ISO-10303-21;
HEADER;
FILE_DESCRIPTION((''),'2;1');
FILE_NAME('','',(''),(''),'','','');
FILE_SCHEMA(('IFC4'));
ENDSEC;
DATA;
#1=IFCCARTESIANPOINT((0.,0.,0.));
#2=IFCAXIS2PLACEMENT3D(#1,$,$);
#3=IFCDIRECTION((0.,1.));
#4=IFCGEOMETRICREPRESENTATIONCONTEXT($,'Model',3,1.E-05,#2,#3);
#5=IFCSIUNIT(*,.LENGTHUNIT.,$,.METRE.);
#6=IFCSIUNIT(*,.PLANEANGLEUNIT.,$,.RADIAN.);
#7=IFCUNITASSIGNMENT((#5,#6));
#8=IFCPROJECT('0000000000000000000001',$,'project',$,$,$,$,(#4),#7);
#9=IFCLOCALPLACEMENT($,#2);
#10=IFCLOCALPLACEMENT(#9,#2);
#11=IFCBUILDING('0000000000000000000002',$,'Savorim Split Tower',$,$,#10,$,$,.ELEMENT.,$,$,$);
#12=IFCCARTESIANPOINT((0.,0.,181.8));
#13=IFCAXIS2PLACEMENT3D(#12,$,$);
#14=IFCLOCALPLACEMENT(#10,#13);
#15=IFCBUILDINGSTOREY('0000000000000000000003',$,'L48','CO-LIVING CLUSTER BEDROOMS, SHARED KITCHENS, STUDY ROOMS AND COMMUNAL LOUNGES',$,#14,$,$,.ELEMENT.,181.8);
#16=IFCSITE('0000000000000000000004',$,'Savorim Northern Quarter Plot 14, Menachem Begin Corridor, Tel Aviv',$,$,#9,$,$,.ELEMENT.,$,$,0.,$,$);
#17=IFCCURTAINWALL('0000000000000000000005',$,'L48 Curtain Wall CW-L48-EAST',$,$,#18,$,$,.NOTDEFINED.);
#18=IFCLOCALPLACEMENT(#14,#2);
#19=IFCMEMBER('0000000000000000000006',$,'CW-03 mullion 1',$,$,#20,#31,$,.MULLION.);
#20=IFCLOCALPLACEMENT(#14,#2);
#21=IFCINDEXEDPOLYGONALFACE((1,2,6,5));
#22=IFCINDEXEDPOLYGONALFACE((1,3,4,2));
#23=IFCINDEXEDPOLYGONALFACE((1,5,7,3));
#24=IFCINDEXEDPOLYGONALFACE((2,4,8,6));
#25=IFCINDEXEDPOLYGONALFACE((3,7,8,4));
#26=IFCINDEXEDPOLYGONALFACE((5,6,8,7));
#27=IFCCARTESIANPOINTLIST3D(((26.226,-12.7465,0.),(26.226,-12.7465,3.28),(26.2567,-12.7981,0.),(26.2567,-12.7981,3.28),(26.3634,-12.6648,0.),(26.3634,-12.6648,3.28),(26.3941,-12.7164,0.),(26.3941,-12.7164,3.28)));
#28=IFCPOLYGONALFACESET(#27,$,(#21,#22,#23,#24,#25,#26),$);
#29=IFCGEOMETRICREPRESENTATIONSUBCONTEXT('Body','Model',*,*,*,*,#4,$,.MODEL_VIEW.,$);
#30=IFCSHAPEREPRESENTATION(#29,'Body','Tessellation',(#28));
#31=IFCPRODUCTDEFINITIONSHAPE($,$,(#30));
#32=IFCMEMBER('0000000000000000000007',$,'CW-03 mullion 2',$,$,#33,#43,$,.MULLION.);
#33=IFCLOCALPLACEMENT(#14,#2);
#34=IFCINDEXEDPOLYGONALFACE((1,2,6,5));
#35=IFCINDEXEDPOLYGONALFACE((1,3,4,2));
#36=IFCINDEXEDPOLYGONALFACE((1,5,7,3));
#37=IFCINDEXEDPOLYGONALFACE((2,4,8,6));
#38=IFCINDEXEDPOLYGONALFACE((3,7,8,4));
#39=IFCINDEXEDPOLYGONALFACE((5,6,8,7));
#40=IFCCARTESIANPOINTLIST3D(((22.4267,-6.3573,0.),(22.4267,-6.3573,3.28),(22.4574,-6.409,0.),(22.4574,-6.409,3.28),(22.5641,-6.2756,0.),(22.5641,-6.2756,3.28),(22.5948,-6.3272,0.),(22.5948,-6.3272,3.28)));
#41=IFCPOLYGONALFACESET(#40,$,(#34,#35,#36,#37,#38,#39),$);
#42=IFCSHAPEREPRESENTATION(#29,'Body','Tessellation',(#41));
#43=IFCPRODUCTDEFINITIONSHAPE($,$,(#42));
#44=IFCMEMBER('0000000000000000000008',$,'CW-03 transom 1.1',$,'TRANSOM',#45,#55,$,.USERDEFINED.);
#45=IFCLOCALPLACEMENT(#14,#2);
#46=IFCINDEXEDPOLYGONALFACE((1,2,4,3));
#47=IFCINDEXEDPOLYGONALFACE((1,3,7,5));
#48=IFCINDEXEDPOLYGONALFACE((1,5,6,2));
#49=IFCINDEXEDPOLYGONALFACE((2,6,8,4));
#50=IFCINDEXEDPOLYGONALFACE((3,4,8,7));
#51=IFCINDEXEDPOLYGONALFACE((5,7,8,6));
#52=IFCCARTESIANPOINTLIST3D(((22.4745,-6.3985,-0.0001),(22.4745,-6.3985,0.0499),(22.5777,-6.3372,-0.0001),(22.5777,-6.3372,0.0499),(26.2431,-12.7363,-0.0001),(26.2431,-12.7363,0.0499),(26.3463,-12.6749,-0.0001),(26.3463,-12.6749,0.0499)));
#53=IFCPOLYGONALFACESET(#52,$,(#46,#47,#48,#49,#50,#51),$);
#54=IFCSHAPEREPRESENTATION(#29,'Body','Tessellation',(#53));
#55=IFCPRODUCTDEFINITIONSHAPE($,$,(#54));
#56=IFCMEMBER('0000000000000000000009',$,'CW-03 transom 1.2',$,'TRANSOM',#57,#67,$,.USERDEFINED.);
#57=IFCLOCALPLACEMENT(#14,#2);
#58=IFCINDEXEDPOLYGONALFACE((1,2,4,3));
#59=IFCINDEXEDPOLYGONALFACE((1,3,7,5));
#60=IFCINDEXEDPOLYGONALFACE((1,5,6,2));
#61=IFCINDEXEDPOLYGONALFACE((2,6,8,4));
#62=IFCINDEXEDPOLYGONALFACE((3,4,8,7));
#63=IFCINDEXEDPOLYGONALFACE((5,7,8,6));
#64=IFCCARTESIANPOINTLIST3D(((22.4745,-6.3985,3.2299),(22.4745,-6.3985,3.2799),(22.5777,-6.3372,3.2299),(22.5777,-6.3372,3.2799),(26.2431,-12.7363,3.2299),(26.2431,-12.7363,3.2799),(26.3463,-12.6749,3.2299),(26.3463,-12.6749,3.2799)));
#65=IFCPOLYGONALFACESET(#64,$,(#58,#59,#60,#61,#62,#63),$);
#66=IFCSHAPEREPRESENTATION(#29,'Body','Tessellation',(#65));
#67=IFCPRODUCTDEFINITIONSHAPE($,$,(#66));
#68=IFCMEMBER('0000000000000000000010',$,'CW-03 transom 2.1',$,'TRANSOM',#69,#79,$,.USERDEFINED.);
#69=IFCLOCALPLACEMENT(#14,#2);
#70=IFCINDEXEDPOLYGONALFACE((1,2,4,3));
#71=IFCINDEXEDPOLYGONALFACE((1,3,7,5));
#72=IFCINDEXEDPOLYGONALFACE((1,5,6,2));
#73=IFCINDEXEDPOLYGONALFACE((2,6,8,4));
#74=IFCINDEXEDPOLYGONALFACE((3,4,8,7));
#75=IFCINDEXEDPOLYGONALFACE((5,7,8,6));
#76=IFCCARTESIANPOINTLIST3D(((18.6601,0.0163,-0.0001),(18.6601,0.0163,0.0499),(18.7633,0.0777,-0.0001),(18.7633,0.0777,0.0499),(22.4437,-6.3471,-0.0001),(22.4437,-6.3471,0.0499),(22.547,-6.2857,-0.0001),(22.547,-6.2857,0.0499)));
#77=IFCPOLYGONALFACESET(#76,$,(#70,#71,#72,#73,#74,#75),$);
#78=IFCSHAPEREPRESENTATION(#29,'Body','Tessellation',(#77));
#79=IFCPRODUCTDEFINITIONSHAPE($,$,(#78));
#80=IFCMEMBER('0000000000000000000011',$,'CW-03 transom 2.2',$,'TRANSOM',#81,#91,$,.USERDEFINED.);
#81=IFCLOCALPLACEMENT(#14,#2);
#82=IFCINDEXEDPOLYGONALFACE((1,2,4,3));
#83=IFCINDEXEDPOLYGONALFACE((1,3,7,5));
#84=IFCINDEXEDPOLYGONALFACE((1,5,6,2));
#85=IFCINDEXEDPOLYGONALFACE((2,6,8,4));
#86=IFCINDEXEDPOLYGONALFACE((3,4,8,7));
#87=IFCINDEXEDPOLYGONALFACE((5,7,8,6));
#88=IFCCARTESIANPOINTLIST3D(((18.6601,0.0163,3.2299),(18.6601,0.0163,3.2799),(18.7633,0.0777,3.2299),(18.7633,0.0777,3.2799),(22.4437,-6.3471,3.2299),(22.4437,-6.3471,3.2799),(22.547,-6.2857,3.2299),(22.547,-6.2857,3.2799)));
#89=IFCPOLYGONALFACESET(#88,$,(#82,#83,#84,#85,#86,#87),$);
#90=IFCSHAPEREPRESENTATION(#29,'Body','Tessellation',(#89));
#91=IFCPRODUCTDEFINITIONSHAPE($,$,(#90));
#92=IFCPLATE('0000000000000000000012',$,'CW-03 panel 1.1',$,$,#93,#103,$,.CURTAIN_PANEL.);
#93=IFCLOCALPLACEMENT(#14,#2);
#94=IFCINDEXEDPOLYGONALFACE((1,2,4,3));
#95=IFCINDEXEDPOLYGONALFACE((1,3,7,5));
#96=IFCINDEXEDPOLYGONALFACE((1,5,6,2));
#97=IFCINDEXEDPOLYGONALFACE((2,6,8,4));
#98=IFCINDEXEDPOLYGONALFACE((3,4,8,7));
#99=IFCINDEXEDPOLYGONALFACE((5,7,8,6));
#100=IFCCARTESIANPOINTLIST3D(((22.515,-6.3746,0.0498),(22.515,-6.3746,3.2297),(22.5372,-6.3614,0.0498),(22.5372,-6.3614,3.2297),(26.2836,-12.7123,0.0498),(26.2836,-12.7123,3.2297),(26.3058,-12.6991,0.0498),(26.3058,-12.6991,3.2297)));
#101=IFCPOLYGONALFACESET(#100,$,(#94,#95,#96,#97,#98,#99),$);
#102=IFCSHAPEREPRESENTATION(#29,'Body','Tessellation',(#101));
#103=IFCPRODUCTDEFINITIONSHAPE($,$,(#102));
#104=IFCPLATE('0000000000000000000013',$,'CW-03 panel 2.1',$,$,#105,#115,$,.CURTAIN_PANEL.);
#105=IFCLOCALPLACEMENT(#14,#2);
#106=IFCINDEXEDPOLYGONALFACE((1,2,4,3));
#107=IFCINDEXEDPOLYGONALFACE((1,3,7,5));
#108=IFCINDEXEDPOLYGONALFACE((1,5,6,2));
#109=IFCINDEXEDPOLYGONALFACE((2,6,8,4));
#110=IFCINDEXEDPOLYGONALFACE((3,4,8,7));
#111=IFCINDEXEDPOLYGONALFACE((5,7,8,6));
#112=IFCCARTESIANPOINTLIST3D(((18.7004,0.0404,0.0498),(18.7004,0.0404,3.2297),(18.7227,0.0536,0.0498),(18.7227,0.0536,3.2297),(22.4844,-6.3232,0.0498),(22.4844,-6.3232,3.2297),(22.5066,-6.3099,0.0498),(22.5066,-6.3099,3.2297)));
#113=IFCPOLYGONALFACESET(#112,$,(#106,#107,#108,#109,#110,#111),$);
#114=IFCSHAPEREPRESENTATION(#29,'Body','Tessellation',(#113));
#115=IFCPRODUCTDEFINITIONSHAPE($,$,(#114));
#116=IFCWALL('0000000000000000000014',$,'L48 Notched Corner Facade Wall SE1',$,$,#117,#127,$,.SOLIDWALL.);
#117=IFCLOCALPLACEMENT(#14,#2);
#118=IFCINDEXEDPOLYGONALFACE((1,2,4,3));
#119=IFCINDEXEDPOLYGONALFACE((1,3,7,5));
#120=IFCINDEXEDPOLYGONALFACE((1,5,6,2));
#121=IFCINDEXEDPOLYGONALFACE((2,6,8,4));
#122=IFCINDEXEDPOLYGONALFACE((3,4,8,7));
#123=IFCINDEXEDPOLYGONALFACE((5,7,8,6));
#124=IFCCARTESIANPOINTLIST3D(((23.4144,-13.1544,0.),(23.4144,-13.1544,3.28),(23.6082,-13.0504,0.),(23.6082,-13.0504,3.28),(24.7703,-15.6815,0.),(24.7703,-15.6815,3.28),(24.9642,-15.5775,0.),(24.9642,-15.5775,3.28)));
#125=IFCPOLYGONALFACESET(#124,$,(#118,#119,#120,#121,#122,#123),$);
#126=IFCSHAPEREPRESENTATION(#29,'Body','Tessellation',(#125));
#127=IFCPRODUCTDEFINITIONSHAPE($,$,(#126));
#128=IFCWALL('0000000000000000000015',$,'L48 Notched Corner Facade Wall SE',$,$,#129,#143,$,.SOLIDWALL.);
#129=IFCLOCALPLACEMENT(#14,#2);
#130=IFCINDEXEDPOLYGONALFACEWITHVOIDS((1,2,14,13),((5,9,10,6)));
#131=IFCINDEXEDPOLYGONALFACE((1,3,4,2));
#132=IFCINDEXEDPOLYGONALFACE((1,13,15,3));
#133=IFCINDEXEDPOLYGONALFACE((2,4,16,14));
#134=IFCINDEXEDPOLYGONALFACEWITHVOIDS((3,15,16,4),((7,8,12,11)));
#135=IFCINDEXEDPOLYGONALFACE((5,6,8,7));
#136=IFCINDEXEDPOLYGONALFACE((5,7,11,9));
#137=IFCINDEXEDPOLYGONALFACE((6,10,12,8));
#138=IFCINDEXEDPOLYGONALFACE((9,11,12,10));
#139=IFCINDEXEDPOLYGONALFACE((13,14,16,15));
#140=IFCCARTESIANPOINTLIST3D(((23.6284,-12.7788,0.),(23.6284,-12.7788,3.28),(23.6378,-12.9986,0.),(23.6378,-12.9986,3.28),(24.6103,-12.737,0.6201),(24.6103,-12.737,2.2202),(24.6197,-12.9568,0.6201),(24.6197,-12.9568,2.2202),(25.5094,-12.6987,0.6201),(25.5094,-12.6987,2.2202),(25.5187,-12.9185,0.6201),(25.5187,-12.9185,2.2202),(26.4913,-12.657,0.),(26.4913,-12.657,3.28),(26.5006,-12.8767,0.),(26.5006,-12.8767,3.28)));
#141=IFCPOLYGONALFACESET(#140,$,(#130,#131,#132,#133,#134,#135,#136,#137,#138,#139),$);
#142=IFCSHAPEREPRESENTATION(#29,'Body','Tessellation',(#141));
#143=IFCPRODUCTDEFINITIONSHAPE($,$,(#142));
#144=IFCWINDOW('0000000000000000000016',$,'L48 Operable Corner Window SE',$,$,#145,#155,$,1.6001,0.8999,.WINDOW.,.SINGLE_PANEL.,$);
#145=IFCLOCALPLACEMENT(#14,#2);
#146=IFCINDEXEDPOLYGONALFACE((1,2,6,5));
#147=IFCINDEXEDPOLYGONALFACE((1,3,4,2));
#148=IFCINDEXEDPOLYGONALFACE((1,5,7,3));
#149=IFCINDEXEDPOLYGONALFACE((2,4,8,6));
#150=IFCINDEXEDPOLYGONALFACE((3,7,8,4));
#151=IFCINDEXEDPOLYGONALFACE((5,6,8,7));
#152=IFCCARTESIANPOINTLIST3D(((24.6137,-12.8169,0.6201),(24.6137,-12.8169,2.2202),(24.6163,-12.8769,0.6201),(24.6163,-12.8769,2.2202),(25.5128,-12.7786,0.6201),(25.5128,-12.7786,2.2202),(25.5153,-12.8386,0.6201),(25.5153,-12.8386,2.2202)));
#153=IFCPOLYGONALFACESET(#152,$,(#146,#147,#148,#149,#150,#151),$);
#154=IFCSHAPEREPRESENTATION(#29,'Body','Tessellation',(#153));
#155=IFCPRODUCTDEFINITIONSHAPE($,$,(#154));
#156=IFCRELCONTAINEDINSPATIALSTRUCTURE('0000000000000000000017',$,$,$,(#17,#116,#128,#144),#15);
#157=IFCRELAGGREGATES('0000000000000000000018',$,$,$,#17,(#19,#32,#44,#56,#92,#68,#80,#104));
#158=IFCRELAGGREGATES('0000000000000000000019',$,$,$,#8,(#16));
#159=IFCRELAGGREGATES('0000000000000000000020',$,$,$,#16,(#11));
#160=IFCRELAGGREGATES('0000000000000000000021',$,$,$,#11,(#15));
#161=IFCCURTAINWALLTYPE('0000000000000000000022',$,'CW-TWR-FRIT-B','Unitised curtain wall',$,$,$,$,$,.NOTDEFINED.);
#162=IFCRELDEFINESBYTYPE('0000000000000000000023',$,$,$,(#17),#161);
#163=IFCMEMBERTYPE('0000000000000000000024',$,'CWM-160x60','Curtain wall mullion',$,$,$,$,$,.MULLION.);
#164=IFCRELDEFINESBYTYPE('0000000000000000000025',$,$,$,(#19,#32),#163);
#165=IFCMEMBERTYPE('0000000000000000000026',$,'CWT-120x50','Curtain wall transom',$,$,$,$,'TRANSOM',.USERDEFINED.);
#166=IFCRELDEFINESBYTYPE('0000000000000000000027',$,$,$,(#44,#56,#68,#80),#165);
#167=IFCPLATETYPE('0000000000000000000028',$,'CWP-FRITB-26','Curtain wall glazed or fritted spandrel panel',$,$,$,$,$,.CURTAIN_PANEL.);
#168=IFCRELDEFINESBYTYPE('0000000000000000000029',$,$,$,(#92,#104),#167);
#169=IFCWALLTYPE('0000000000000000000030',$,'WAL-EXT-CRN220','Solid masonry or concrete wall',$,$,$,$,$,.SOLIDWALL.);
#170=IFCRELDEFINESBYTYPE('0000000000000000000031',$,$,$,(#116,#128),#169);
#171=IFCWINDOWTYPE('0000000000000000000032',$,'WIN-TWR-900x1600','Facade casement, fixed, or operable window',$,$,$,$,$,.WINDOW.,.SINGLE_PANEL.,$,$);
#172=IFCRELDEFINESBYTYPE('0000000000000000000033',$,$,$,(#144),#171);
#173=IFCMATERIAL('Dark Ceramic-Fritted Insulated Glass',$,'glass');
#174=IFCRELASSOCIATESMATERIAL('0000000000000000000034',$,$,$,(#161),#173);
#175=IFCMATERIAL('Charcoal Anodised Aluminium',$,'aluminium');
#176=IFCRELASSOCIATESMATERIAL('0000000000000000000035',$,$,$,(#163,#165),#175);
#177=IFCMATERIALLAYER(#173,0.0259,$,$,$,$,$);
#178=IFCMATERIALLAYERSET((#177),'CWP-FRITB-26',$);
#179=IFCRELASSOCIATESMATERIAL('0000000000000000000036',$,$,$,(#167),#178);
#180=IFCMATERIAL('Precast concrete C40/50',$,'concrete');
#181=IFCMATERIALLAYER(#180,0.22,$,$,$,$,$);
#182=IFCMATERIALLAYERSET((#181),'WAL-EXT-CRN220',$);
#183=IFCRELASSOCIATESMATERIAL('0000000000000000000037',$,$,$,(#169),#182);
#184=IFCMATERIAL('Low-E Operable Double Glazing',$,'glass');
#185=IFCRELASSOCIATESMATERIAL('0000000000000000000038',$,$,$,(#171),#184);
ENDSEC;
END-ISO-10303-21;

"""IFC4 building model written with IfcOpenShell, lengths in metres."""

from ifc_helpers import new_model, si_unit, direction, frame, frame_2d, origin, origin_2d, place, context, subcontext, project, spatial, rectangle, extrude, material, layer, layer_set, material_profile, profile_set, type_object, element, fill, aggregate, save


model = new_model("IFC4")

# Units and contexts
model_context = context("Model", 3, precision=1e-05, world=origin(), true_north=direction((0.0, 1.0)))
body_context = subcontext(model_context, "Body", "Model", "MODEL_VIEW")
ifc_project = project(units=[si_unit("LENGTHUNIT", "METRE"), si_unit("PLANEANGLEUNIT", "RADIAN")], contexts=[model_context])

# Site, building, storey
site_placement = place(None, origin())
site = spatial("IfcSite", under=ifc_project, at=site_placement, Name="Savorim Northern Quarter Plot 14, Menachem Begin Corridor, Tel Aviv", CompositionType="ELEMENT", RefElevation=0.0)
building_placement = place(site_placement, origin())
building = spatial("IfcBuilding", under=site, at=building_placement, Name="Savorim Split Tower", CompositionType="ELEMENT")
storey_placement = place(building_placement, frame((0.0, 0.0, 181.8)))
storey = spatial("IfcBuildingStorey", under=building, at=storey_placement, Name="L48", Description="CO-LIVING CLUSTER BEDROOMS, SHARED KITCHENS, STUDY ROOMS AND COMMUNAL LOUNGES", CompositionType="ELEMENT", Elevation=181.8)

# Curtain wall, members, plates
ifc_material_1 = material(Name="Dark Ceramic-Fritted Insulated Glass", Category="glass")
curtain_wall_type = type_object("IfcCurtainWallType", Name="CW-TWR-FRIT-B", Description="Unitised curtain wall", PredefinedType="NOTDEFINED", material=ifc_material_1)
curtain_wall_placement = place(storey_placement, origin())
curtain_wall = element("IfcCurtainWall", 1, at=curtain_wall_placement, inside=storey, type_object=curtain_wall_type, Name="L48 Curtain Wall CW-L48-EAST", PredefinedType="NOTDEFINED")
ifc_material_2 = material(Name="Charcoal Anodised Aluminium", Category="aluminium")
ifc_material_profile_1 = material_profile(ifc_material_2, rectangle(XDim=0.1599, YDim=0.0601, at=origin_2d()), Name="ALU-M 160x60")
ifc_profile_set_1 = profile_set([ifc_material_profile_1], Name="Charcoal Anodised Aluminium")
member_type_1 = type_object("IfcMemberType", Name="CWM-160x60", Description="Curtain wall mullion", PredefinedType="MULLION", material=ifc_profile_set_1)
member_1_placement = place(storey_placement, frame((26.3101, -12.7314, 0.0), z_axis=(0.0, 0.0, 1.0), x_axis=(-0.859525, -0.511094, 0.0)))
member_1 = element("IfcMember", 2, at=member_1_placement, type_object=member_type_1, Name="CW-03 mullion 1", PredefinedType="MULLION", context=body_context, shape_type="SweptSolid", body=[
    extrude(rectangle(XDim=0.1599, YDim=0.0601, at=origin_2d()), origin(), (0.0, 0.0, 1.0), 3.28),
])
member_2_placement = place(storey_placement, frame((22.5107, -6.3423, 0.0), z_axis=(0.0, 0.0, 1.0), x_axis=(-0.859525, -0.511094, 0.0)))
member_2 = element("IfcMember", 3, at=member_2_placement, type_object=member_type_1, Name="CW-03 mullion 2", PredefinedType="MULLION", context=body_context, shape_type="SweptSolid", body=[
    extrude(rectangle(XDim=0.1599, YDim=0.0601, at=origin_2d()), origin(), (0.0, 0.0, 1.0), 3.28),
])
ifc_material_profile_2 = material_profile(ifc_material_2, rectangle(XDim=0.1201, YDim=0.05, at=origin_2d()), Name="ALU-T 120x50")
ifc_profile_set_2 = profile_set([ifc_material_profile_2], Name="Charcoal Anodised Aluminium")
member_type_2 = type_object("IfcMemberType", Name="CWT-120x50", Description="Curtain wall transom", ElementType="TRANSOM", PredefinedType="USERDEFINED", material=ifc_profile_set_2)
member_3_placement = place(storey_placement, frame((26.2947, -12.7056, 0.0249), z_axis=(-0.511098, 0.859523, 0.0), x_axis=(-0.859523, -0.511098, 0.0)))
member_3 = element("IfcMember", 4, at=member_3_placement, type_object=member_type_2, Name="CW-03 transom 1.1", ObjectType="TRANSOM", PredefinedType="USERDEFINED", context=body_context, shape_type="SweptSolid", body=[
    extrude(rectangle(XDim=0.1201, YDim=0.05, at=origin_2d()), origin(), (0.0, 0.0, 1.0), 7.3735),
])
member_4_placement = place(storey_placement, frame((26.2947, -12.7056, 3.2549), z_axis=(-0.511098, 0.859523, 0.0), x_axis=(-0.859523, -0.511098, 0.0)))
member_4 = element("IfcMember", 5, at=member_4_placement, type_object=member_type_2, Name="CW-03 transom 1.2", ObjectType="TRANSOM", PredefinedType="USERDEFINED", context=body_context, shape_type="SweptSolid", body=[
    extrude(rectangle(XDim=0.1201, YDim=0.05, at=origin_2d()), origin(), (0.0, 0.0, 1.0), 7.3735),
])
member_5_placement = place(storey_placement, frame((22.4954, -6.3164, 0.0249), z_axis=(-0.511073, 0.859537, 0.0), x_axis=(-0.859537, -0.511073, 0.0)))
member_5 = element("IfcMember", 6, at=member_5_placement, type_object=member_type_2, Name="CW-03 transom 2.1", ObjectType="TRANSOM", PredefinedType="USERDEFINED", context=body_context, shape_type="SweptSolid", body=[
    extrude(rectangle(XDim=0.1201, YDim=0.05, at=origin_2d()), origin(), (0.0, 0.0, 1.0), 7.4033),
])
member_6_placement = place(storey_placement, frame((22.4954, -6.3164, 3.2549), z_axis=(-0.511073, 0.859537, 0.0), x_axis=(-0.859537, -0.511073, 0.0)))
member_6 = element("IfcMember", 7, at=member_6_placement, type_object=member_type_2, Name="CW-03 transom 2.2", ObjectType="TRANSOM", PredefinedType="USERDEFINED", context=body_context, shape_type="SweptSolid", body=[
    extrude(rectangle(XDim=0.1201, YDim=0.05, at=origin_2d()), origin(), (0.0, 0.0, 1.0), 7.4033),
])
ifc_layer_1 = layer(ifc_material_1, 0.0259)
ifc_layer_set_1 = layer_set([ifc_layer_1], Name="CWP-FRITB-26")
plate_type = type_object("IfcPlateType", Name="CWP-FRITB-26", Description="Curtain wall glazed or fritted spandrel panel", PredefinedType="CURTAIN_PANEL", material=ifc_layer_set_1)
plate_1_placement = place(storey_placement, frame((24.4104, -9.5369, 0.0498), z_axis=(0.0, 0.0, 1.0), x_axis=(-0.511094, 0.859525, 0.0)))
plate_1 = element("IfcPlate", 8, at=plate_1_placement, type_object=plate_type, Name="CW-03 panel 1.1", PredefinedType="CURTAIN_PANEL", context=body_context, shape_type="SweptSolid", body=[
    extrude(rectangle(XDim=7.3735, YDim=0.0259, at=origin_2d()), origin(), (0.0, 0.0, 1.0), 3.1799),
])
plate_2_placement = place(storey_placement, frame((20.6035, -3.1348, 0.0498), z_axis=(0.0, 0.0, 1.0), x_axis=(-0.511094, 0.859525, 0.0)))
plate_2 = element("IfcPlate", 9, at=plate_2_placement, type_object=plate_type, Name="CW-03 panel 2.1", PredefinedType="CURTAIN_PANEL", context=body_context, shape_type="SweptSolid", body=[
    extrude(rectangle(XDim=7.4036, YDim=0.0259, at=origin_2d()), origin(), (0.0, 0.0, 1.0), 3.1799),
])
aggregate(curtain_wall, [member_1, member_2, member_3, member_4, plate_1, member_5, member_6, plate_2])

# Wall
ifc_material_3 = material(Name="Precast concrete C40/50", Category="concrete")
ifc_layer_2 = layer(ifc_material_3, 0.22)
ifc_layer_set_2 = layer_set([ifc_layer_2], Name="WAL-EXT-CRN220")
wall_type_1 = type_object("IfcWallType", Name="WAL-EXT-CRN220", Description="Solid masonry or concrete wall", PredefinedType="SOLIDWALL", material=ifc_layer_set_2)
wall_1_placement = place(storey_placement, frame((23.5112, -13.1023, 0.0), z_axis=(0.0, 0.0, 1.0), x_axis=(0.472805, -0.881167, 0.0)))
element("IfcWall", 10, at=wall_1_placement, inside=storey, type_object=wall_type_1, Name="L48 Notched Corner Facade Wall SE1", PredefinedType="SOLIDWALL", context=body_context, shape_type="SweptSolid", body=[
    extrude(rectangle(XDim=2.8679, YDim=0.22, at=frame_2d((1.4341, 0.0))), origin(), (0.0, 0.0, 1.0), 3.28),
])

# Wall, opening, window
wall_2_placement = place(storey_placement, frame((26.4958, -12.7668, 0.0), z_axis=(0.0, 0.0, 1.0), x_axis=(-0.999096, -0.042517, 0.0)))
wall_2 = element("IfcWall", 11, at=wall_2_placement, inside=storey, type_object=wall_type_1, Name="L48 Notched Corner Facade Wall SE", PredefinedType="SOLIDWALL", context=body_context, shape_type="SweptSolid", body=[
    extrude(rectangle(XDim=2.8655, YDim=0.22, at=frame_2d((1.4326, 0.0))), origin(), (0.0, 0.0, 1.0), 3.28),
])
opening_1_placement = place(wall_2_placement, frame((0.9827, 0.0, 0.6201)))
opening_1 = element("IfcOpeningElement", 12, at=opening_1_placement, cuts=wall_2, PredefinedType="OPENING", context=body_context, shape_type="SweptSolid", body=[
    extrude(rectangle(XDim=0.8999, YDim=1.6001, at=frame_2d((0.45, 0.8))), frame((0.0, 0.1199, 0.0), z_axis=(0.0, -1.0, 0.0), x_axis=(1.0, 0.0, 0.0)), (0.0, 0.0, 1.0), 0.24),
])
ifc_material_4 = material(Name="Low-E Operable Double Glazing", Category="glass")
window_type = type_object("IfcWindowType", Name="WIN-TWR-900x1600", Description="Facade casement, fixed, or operable window", PartitioningType="SINGLE_PANEL", PredefinedType="WINDOW", material=ifc_material_4)
window_placement = place(opening_1_placement, origin())
window = element("IfcWindow", 13, at=window_placement, inside=storey, type_object=window_type, Name="L48 Operable Corner Window SE", OverallHeight=1.6001, OverallWidth=0.8999, PartitioningType="SINGLE_PANEL", PredefinedType="WINDOW", context=body_context, shape_type="SweptSolid", body=[
    extrude(rectangle(XDim=0.8999, YDim=1.6001, at=frame_2d((0.45, 0.8))), frame((0.0, 0.03, 0.0), z_axis=(0.0, -1.0, 0.0), x_axis=(1.0, 0.0, 0.0)), (0.0, 0.0, 1.0), 0.0601),
])
fill(opening_1, window)

save(model, "model.ifc")
